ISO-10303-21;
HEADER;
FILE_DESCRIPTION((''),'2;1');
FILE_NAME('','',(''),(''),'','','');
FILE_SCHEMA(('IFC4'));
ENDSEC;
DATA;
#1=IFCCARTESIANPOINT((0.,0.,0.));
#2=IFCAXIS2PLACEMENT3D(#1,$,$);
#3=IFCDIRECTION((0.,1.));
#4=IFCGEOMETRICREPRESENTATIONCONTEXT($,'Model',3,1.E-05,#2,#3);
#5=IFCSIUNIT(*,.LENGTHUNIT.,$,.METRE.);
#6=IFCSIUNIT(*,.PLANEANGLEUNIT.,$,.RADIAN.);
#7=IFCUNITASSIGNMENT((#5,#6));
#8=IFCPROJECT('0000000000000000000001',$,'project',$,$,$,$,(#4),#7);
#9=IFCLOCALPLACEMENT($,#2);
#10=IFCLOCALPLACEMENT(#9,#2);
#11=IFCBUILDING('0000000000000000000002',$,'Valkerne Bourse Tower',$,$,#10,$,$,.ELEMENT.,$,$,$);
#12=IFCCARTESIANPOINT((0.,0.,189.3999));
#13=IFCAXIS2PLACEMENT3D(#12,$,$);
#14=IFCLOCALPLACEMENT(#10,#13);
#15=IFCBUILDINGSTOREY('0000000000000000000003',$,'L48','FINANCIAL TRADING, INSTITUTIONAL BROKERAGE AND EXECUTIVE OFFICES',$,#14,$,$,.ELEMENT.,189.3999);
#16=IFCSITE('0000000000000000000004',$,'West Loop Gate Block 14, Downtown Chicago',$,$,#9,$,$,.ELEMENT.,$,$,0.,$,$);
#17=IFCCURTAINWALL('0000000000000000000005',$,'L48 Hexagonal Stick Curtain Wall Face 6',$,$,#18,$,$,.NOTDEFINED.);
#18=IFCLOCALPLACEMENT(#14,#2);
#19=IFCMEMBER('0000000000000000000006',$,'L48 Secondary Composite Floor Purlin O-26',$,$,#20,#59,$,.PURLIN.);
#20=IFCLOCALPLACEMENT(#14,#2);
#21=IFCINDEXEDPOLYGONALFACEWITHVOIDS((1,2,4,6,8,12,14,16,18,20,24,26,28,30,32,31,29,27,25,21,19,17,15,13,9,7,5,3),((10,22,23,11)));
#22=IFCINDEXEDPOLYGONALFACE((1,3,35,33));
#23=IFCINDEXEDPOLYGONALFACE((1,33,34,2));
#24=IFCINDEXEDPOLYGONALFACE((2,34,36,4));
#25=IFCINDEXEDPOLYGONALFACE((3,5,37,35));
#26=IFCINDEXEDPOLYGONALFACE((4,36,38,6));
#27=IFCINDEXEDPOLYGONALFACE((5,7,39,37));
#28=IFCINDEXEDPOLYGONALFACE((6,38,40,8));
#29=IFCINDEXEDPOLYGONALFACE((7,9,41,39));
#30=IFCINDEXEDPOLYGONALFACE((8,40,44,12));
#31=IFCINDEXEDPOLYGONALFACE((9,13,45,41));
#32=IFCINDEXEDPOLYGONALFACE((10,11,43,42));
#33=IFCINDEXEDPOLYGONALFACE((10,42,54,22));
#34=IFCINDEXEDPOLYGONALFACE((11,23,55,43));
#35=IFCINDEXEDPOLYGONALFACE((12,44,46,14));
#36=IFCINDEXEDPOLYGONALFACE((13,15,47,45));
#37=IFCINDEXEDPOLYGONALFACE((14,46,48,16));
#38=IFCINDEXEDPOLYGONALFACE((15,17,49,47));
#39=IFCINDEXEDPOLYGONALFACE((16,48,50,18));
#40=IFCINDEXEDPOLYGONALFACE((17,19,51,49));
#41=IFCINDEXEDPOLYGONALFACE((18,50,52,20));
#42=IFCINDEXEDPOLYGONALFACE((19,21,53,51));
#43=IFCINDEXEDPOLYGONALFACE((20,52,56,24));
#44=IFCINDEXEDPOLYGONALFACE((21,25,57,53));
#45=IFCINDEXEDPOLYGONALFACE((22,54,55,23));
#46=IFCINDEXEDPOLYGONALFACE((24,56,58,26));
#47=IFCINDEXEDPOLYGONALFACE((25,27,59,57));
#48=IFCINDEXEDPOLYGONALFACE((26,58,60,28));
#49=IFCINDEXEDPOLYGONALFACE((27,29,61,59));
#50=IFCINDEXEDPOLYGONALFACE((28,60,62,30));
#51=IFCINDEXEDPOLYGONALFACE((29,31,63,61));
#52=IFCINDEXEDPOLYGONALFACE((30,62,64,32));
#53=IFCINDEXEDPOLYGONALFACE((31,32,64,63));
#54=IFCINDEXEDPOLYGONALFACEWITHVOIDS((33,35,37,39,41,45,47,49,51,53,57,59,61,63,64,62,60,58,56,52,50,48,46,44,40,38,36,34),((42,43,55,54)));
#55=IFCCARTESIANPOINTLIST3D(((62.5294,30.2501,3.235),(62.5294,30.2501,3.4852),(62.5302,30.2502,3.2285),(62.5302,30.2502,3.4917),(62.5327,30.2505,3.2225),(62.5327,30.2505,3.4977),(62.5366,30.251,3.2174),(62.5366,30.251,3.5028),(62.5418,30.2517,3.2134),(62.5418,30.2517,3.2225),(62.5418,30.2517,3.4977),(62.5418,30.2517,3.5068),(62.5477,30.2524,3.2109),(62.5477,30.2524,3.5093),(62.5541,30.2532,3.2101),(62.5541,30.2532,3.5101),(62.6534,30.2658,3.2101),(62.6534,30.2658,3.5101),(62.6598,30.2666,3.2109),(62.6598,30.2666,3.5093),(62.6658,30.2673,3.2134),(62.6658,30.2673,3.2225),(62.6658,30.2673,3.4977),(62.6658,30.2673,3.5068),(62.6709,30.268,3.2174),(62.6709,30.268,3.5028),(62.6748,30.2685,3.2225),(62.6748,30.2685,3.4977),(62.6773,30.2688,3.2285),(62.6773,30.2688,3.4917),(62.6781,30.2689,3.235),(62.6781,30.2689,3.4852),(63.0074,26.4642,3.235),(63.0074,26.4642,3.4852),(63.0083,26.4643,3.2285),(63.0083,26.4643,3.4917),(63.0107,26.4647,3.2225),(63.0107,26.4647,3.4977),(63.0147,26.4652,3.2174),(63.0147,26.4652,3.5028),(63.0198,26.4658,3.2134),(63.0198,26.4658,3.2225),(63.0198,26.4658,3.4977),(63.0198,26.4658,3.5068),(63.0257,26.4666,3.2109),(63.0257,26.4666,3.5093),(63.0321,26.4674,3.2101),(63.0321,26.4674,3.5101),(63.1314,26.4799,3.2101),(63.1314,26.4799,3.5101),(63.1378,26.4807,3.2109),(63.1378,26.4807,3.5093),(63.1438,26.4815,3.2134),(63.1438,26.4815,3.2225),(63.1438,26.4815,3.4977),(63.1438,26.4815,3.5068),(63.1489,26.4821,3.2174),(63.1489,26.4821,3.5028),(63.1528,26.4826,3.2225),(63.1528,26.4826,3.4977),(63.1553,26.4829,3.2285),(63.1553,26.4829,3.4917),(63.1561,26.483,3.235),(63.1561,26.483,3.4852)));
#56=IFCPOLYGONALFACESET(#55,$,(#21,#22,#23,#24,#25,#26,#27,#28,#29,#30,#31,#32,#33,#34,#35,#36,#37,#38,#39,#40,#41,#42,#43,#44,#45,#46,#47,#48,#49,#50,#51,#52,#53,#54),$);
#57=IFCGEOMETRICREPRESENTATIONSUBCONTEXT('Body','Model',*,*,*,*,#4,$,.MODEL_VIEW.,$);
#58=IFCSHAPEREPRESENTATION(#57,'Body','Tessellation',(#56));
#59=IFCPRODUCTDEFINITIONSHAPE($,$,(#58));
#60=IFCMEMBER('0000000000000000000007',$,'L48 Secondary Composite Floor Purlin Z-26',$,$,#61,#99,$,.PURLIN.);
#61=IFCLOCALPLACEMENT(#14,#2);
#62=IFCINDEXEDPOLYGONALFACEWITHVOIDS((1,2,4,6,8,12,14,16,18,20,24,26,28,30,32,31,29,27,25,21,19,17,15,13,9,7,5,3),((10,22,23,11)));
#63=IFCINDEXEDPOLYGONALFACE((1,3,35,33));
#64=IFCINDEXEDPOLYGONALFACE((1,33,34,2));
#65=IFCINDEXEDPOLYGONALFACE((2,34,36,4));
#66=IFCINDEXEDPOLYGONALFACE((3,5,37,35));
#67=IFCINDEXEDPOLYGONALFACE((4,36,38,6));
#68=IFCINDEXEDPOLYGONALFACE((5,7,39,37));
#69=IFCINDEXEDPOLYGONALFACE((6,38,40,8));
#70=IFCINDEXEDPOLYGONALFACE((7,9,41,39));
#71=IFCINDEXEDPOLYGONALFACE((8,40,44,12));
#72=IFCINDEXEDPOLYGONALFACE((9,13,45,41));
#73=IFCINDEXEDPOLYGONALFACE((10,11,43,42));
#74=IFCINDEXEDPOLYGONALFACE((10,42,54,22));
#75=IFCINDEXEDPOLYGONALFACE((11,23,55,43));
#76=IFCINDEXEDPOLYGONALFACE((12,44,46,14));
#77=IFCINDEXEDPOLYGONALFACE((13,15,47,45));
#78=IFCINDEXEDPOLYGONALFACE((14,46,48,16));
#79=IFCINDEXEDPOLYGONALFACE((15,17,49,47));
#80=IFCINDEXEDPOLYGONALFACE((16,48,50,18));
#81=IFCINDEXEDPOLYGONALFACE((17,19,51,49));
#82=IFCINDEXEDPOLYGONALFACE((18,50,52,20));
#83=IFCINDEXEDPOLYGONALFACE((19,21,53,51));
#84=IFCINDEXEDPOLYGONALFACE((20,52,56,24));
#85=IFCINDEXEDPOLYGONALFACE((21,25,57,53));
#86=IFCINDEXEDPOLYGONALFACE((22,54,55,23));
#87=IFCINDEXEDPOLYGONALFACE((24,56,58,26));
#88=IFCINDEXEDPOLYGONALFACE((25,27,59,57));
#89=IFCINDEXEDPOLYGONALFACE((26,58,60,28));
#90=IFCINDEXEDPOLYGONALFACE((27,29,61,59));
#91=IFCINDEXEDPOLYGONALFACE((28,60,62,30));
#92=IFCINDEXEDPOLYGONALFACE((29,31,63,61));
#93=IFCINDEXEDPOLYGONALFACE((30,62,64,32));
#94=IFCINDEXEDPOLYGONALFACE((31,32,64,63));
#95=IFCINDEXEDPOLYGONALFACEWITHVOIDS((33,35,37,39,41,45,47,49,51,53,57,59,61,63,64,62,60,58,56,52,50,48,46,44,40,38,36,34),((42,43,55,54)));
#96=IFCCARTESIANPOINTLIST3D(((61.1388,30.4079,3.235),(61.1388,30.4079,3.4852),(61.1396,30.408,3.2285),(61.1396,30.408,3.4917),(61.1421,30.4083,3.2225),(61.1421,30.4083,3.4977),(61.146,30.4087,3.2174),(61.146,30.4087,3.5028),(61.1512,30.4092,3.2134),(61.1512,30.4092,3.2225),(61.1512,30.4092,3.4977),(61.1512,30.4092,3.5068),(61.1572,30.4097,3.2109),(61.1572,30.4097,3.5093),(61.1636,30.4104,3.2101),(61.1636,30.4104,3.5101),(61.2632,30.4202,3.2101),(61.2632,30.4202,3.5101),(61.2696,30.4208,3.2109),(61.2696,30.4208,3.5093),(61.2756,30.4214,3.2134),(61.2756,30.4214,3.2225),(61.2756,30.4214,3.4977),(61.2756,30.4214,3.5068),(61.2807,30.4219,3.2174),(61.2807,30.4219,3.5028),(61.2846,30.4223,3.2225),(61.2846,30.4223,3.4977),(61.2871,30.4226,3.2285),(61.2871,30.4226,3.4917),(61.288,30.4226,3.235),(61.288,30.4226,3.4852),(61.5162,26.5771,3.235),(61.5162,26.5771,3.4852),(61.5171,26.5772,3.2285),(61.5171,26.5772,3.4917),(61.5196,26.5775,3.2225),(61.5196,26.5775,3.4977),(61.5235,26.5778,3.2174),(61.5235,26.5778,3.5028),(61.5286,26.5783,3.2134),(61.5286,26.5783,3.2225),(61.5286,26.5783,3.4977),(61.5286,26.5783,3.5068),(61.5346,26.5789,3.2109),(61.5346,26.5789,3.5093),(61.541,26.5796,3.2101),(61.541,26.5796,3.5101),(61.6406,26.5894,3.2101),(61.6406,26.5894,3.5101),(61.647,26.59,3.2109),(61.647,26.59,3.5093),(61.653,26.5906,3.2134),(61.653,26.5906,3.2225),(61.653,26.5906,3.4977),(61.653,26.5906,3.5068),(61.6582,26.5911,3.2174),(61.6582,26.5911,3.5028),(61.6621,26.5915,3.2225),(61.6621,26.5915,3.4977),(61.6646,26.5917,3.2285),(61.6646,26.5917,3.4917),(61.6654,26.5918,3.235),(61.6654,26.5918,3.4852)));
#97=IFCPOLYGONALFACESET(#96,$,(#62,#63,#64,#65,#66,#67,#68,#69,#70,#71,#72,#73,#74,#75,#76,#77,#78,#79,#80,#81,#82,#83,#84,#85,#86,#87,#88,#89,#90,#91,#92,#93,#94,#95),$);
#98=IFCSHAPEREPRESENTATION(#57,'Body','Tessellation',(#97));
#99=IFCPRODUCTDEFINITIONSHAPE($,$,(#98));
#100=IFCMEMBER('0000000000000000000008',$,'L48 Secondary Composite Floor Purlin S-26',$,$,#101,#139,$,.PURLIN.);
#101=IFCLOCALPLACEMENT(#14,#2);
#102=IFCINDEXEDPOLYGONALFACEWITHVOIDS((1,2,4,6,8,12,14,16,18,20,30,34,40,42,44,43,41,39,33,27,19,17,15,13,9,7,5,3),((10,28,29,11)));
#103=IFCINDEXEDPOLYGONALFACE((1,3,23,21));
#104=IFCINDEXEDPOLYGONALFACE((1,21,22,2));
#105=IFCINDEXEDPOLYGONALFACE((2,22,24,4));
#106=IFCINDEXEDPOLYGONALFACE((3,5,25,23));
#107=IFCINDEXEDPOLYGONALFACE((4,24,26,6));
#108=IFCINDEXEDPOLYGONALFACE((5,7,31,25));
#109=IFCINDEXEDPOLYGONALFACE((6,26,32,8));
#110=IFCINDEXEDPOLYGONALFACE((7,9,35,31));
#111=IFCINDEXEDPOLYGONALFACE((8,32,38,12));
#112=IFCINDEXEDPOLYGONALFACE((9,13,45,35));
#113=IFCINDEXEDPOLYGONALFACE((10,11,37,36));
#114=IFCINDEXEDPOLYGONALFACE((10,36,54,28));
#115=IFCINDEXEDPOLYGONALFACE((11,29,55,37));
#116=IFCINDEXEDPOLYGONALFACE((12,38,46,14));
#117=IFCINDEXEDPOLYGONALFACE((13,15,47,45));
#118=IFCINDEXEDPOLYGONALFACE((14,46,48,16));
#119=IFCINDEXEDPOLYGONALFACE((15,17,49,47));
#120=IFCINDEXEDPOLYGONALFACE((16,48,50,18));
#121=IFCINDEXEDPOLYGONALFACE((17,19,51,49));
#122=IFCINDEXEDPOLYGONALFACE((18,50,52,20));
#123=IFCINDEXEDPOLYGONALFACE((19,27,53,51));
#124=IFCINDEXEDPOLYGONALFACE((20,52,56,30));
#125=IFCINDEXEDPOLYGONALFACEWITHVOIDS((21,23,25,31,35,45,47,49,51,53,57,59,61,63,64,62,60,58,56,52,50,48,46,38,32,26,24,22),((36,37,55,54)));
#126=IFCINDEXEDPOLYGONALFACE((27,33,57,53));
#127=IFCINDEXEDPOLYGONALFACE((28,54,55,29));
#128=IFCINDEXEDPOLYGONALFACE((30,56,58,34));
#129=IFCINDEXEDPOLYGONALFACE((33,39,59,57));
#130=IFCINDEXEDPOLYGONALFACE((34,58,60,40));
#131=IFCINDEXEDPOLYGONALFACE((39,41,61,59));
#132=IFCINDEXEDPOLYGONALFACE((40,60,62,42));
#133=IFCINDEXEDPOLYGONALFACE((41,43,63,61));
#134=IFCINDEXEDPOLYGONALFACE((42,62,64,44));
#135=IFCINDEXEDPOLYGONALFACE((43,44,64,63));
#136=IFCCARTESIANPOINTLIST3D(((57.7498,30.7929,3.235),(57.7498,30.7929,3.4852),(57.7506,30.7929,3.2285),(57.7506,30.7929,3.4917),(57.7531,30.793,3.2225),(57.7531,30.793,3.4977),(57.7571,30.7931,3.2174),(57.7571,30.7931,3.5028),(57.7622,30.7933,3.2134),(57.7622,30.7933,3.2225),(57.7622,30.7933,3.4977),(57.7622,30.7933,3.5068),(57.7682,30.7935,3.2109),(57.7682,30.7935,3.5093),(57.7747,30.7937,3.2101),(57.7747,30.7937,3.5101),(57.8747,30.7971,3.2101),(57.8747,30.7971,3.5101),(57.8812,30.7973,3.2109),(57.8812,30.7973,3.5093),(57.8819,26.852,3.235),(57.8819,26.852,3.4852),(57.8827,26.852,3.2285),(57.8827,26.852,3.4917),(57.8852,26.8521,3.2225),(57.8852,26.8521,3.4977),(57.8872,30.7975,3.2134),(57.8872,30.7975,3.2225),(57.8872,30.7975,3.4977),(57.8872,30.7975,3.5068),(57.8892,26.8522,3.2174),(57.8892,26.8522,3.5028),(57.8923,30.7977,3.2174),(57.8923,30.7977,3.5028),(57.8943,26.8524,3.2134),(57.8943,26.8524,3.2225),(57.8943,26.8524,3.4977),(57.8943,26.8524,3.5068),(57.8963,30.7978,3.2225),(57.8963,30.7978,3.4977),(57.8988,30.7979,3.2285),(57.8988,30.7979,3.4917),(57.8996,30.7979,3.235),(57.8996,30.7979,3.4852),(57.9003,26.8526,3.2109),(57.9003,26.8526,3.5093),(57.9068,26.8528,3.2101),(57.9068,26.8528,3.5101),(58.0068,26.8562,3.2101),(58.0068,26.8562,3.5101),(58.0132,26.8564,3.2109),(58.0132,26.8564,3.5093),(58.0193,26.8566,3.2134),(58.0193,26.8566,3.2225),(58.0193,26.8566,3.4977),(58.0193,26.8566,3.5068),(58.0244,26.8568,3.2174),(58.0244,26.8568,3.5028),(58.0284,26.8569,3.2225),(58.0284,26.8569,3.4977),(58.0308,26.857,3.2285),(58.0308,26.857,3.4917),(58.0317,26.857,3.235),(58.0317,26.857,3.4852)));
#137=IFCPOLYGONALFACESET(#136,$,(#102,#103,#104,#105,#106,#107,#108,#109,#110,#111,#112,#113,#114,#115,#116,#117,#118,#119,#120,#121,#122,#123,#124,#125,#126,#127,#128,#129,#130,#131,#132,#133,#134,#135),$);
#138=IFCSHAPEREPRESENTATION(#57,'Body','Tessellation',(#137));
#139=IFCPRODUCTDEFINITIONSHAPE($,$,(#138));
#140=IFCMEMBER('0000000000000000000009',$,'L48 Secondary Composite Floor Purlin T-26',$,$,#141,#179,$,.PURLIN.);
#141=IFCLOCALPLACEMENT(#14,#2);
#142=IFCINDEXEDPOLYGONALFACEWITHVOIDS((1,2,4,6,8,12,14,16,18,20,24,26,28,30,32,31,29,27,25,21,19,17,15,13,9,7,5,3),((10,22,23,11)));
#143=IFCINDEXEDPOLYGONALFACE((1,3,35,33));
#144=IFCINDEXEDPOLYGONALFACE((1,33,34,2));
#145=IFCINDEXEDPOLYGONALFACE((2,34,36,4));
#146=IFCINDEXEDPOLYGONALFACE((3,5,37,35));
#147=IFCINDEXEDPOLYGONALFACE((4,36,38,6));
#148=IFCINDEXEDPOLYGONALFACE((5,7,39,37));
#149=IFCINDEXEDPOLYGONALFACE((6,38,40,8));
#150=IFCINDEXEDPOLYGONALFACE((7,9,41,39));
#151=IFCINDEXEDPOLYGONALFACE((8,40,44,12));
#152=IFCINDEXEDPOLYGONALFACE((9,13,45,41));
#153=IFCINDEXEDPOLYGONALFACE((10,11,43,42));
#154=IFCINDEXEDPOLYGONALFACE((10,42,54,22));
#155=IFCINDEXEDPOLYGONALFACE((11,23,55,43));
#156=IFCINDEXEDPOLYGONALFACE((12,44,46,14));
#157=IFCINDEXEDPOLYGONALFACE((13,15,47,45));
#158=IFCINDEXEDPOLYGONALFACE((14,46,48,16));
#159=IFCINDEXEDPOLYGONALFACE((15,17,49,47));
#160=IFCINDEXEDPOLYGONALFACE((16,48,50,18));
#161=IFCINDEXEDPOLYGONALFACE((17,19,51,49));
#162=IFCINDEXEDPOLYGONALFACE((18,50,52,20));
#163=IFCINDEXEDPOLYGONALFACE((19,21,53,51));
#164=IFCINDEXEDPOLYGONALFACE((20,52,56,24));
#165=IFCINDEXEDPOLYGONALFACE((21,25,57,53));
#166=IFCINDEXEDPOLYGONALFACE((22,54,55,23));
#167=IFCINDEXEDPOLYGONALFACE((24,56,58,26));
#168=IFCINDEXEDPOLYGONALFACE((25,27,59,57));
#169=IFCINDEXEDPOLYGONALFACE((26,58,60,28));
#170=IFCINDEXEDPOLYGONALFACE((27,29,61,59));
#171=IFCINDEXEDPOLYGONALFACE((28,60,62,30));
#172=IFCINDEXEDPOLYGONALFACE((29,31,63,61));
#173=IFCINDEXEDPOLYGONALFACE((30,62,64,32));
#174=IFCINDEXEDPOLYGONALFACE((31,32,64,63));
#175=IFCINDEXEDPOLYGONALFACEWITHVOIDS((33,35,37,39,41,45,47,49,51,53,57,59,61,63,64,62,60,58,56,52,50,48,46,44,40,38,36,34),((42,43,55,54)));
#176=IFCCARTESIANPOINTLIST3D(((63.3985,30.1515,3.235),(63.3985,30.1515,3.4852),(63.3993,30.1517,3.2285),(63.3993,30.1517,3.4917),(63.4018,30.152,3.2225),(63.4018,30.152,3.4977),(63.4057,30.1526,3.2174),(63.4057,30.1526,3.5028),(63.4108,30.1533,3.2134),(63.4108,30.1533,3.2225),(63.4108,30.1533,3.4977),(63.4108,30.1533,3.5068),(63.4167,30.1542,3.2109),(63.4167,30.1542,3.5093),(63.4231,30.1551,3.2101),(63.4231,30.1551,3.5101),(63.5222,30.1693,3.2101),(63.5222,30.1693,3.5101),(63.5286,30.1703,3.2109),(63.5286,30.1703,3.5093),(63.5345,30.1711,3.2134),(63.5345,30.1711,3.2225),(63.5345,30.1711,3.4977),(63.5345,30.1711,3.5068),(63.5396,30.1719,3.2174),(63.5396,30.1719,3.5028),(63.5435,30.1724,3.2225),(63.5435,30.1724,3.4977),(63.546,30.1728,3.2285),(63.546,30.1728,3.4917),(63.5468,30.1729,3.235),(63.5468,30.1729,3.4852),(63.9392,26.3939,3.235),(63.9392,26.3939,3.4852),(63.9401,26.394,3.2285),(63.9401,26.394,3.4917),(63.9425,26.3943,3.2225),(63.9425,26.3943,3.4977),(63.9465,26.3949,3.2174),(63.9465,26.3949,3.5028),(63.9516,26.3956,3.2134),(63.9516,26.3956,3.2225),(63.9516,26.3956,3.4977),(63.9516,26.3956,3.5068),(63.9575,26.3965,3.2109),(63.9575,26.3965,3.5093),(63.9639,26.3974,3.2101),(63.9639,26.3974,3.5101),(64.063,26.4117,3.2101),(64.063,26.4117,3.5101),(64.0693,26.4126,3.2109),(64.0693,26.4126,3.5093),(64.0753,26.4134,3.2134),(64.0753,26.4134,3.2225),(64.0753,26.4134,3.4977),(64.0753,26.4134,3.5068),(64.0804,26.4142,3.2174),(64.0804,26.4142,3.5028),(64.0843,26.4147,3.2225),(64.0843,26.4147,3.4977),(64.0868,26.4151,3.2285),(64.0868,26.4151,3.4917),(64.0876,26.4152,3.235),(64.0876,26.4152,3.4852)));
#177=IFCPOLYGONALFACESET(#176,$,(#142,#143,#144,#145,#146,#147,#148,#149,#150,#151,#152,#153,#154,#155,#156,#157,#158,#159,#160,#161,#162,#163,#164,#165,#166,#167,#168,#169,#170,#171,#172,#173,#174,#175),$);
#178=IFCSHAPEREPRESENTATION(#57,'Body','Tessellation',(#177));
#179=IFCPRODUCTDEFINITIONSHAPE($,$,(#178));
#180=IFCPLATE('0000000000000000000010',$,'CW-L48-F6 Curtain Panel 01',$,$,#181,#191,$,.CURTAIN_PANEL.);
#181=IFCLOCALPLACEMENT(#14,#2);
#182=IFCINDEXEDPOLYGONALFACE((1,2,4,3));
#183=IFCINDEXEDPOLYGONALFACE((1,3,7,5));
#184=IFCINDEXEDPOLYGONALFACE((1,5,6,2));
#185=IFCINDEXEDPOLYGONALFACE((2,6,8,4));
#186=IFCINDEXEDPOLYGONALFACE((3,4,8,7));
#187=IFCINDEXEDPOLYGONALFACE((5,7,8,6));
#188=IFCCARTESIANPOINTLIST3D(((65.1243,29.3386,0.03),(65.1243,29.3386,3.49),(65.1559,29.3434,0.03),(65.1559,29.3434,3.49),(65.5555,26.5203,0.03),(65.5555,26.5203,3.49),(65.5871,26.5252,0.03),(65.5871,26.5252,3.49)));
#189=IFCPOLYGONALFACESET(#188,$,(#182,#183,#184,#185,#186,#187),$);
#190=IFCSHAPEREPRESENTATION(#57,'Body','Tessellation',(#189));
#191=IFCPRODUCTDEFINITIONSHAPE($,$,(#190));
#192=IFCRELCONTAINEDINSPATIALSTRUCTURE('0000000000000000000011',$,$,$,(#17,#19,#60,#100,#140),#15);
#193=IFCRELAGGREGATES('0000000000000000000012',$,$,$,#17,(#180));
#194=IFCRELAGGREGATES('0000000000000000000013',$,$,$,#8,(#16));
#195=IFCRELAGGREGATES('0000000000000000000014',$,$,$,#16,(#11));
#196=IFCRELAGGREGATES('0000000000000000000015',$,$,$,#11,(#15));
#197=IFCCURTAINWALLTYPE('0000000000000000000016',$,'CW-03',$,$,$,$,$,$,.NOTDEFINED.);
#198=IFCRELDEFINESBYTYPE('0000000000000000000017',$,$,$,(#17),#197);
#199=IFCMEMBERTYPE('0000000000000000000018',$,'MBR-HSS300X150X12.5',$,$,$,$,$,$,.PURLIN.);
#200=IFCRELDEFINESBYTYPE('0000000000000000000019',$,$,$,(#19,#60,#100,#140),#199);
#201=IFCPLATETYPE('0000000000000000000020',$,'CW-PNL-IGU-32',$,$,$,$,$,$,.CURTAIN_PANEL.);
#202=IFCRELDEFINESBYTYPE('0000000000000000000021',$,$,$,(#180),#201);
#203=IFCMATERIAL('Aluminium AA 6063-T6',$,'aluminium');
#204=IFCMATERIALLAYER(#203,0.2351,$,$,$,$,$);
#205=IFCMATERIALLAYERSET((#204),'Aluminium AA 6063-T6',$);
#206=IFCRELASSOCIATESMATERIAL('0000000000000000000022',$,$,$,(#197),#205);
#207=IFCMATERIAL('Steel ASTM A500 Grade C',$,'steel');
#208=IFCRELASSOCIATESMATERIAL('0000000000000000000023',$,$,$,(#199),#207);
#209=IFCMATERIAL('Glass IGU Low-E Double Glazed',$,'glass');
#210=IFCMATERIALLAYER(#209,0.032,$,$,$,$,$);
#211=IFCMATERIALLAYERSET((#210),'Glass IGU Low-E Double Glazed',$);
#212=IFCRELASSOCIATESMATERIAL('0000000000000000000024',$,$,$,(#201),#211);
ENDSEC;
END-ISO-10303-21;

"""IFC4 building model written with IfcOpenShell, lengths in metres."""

from ifc_helpers import new_model, si_unit, direction, frame, origin, origin_2d, place, context, subcontext, project, spatial, rectangle, hollow_rectangle, extrude, material, layer, layer_set, material_profile, profile_set, type_object, element, aggregate, save


model = new_model("IFC4")

# Units and contexts
model_context = context("Model", 3, precision=1e-05, world=origin(), true_north=direction((0.0, 1.0)))
body_context = subcontext(model_context, "Body", "Model", "MODEL_VIEW")
ifc_project = project(units=[si_unit("LENGTHUNIT", "METRE"), si_unit("PLANEANGLEUNIT", "RADIAN")], contexts=[model_context])

# Site, building, storey
site_placement = place(None, origin())
site = spatial("IfcSite", under=ifc_project, at=site_placement, Name="West Loop Gate Block 14, Downtown Chicago", CompositionType="ELEMENT", RefElevation=0.0)
building_placement = place(site_placement, origin())
building = spatial("IfcBuilding", under=site, at=building_placement, Name="Valkerne Bourse Tower", CompositionType="ELEMENT")
storey_placement = place(building_placement, frame((0.0, 0.0, 189.3999)))
storey = spatial("IfcBuildingStorey", under=building, at=storey_placement, Name="L48", Description="FINANCIAL TRADING, INSTITUTIONAL BROKERAGE AND EXECUTIVE OFFICES", CompositionType="ELEMENT", Elevation=189.3999)

# Curtain wall
ifc_material_1 = material(Name="Aluminium AA 6063-T6", Category="aluminium")
ifc_layer_1 = layer(ifc_material_1, 0.2351)
ifc_layer_set_1 = layer_set([ifc_layer_1], Name="Aluminium AA 6063-T6")
curtain_wall_type = type_object("IfcCurtainWallType", Name="CW-03", PredefinedType="NOTDEFINED", material=ifc_layer_set_1)
curtain_wall_placement = place(storey_placement, origin())
curtain_wall = element("IfcCurtainWall", 1, at=curtain_wall_placement, inside=storey, type_object=curtain_wall_type, Name="L48 Hexagonal Stick Curtain Wall Face 6", PredefinedType="NOTDEFINED")

# Members
ifc_material_2 = material(Name="Steel ASTM A500 Grade C", Category="steel")
ifc_material_profile_1 = material_profile(ifc_material_2, hollow_rectangle(XDim=0.1499, YDim=0.3, WallThickness=0.0125, OuterFilletRadius=0.0249, at=origin_2d()), Name="HSS300X150X12.5")
ifc_profile_set_1 = profile_set([ifc_material_profile_1], Name="Steel ASTM A500 Grade C")
member_type_1 = type_object("IfcMemberType", Name="MBR-HSS300X150X12.5", PredefinedType="PURLIN", material=ifc_profile_set_1)
member_1_placement = place(storey_placement, frame((63.0818, 26.4736, 3.3601), z_axis=(-0.125271, 0.992123, 0.0), x_axis=(-0.992123, -0.125271, 0.0)))
element("IfcMember", 2, at=member_1_placement, inside=storey, type_object=member_type_1, Name="L48 Secondary Composite Floor Purlin O-26", PredefinedType="PURLIN", context=body_context, shape_type="SweptSolid", body=[
    extrude(hollow_rectangle(XDim=0.1499, YDim=0.3, WallThickness=0.0125, OuterFilletRadius=0.0249, at=origin_2d()), origin(), (0.0, 0.0, 1.0), 3.8159),
])
member_2_placement = place(storey_placement, frame((61.5908, 26.5845, 3.3601), z_axis=(-0.098053, 0.995181, 0.0), x_axis=(-0.995181, -0.098053, 0.0)))
element("IfcMember", 3, at=member_2_placement, inside=storey, type_object=member_type_1, Name="L48 Secondary Composite Floor Purlin Z-26", PredefinedType="PURLIN", context=body_context, shape_type="SweptSolid", body=[
    extrude(hollow_rectangle(XDim=0.1499, YDim=0.3, WallThickness=0.0125, OuterFilletRadius=0.0249, at=origin_2d()), origin(), (0.0, 0.0, 1.0), 3.8494),
])
member_3_placement = place(storey_placement, frame((57.9568, 26.8545, 3.3601), z_axis=(-0.033496, 0.999439, 0.0), x_axis=(-0.999439, -0.033496, 0.0)))
element("IfcMember", 4, at=member_3_placement, inside=storey, type_object=member_type_1, Name="L48 Secondary Composite Floor Purlin S-26", PredefinedType="PURLIN", context=body_context, shape_type="SweptSolid", body=[
    extrude(hollow_rectangle(XDim=0.1499, YDim=0.3, WallThickness=0.0125, OuterFilletRadius=0.0249, at=origin_2d()), origin(), (0.0, 0.0, 1.0), 3.9431),
])
member_4_placement = place(storey_placement, frame((64.0134, 26.4045, 3.3601), z_axis=(-0.142448, 0.989802, 0.0), x_axis=(-0.989802, -0.142448, 0.0)))
element("IfcMember", 5, at=member_4_placement, inside=storey, type_object=member_type_1, Name="L48 Secondary Composite Floor Purlin T-26", PredefinedType="PURLIN", context=body_context, shape_type="SweptSolid", body=[
    extrude(hollow_rectangle(XDim=0.1499, YDim=0.3, WallThickness=0.0125, OuterFilletRadius=0.0249, at=origin_2d()), origin(), (0.0, 0.0, 1.0), 3.7964),
])

# Plate
ifc_material_3 = material(Name="Glass IGU Low-E Double Glazed", Category="glass")
ifc_layer_2 = layer(ifc_material_3, 0.032)
ifc_layer_set_2 = layer_set([ifc_layer_2], Name="Glass IGU Low-E Double Glazed")
plate_type_1 = type_object("IfcPlateType", Name="CW-PNL-IGU-32", PredefinedType="CURTAIN_PANEL", material=ifc_layer_set_2)
plate_1_placement = place(storey_placement, frame((65.3557, 27.9319, 0.03), z_axis=(0.0, 0.0, 1.0), x_axis=(-0.151256, 0.988495, 0.0)))
plate_1 = element("IfcPlate", 6, at=plate_1_placement, type_object=plate_type_1, Name="CW-L48-F6 Curtain Panel 01", PredefinedType="CURTAIN_PANEL", context=body_context, shape_type="SweptSolid", body=[
    extrude(rectangle(XDim=2.8511, YDim=0.032, at=origin_2d()), origin(), (0.0, 0.0, 1.0), 3.46),
])
aggregate(curtain_wall, [plate_1])

save(model, "model.ifc")
